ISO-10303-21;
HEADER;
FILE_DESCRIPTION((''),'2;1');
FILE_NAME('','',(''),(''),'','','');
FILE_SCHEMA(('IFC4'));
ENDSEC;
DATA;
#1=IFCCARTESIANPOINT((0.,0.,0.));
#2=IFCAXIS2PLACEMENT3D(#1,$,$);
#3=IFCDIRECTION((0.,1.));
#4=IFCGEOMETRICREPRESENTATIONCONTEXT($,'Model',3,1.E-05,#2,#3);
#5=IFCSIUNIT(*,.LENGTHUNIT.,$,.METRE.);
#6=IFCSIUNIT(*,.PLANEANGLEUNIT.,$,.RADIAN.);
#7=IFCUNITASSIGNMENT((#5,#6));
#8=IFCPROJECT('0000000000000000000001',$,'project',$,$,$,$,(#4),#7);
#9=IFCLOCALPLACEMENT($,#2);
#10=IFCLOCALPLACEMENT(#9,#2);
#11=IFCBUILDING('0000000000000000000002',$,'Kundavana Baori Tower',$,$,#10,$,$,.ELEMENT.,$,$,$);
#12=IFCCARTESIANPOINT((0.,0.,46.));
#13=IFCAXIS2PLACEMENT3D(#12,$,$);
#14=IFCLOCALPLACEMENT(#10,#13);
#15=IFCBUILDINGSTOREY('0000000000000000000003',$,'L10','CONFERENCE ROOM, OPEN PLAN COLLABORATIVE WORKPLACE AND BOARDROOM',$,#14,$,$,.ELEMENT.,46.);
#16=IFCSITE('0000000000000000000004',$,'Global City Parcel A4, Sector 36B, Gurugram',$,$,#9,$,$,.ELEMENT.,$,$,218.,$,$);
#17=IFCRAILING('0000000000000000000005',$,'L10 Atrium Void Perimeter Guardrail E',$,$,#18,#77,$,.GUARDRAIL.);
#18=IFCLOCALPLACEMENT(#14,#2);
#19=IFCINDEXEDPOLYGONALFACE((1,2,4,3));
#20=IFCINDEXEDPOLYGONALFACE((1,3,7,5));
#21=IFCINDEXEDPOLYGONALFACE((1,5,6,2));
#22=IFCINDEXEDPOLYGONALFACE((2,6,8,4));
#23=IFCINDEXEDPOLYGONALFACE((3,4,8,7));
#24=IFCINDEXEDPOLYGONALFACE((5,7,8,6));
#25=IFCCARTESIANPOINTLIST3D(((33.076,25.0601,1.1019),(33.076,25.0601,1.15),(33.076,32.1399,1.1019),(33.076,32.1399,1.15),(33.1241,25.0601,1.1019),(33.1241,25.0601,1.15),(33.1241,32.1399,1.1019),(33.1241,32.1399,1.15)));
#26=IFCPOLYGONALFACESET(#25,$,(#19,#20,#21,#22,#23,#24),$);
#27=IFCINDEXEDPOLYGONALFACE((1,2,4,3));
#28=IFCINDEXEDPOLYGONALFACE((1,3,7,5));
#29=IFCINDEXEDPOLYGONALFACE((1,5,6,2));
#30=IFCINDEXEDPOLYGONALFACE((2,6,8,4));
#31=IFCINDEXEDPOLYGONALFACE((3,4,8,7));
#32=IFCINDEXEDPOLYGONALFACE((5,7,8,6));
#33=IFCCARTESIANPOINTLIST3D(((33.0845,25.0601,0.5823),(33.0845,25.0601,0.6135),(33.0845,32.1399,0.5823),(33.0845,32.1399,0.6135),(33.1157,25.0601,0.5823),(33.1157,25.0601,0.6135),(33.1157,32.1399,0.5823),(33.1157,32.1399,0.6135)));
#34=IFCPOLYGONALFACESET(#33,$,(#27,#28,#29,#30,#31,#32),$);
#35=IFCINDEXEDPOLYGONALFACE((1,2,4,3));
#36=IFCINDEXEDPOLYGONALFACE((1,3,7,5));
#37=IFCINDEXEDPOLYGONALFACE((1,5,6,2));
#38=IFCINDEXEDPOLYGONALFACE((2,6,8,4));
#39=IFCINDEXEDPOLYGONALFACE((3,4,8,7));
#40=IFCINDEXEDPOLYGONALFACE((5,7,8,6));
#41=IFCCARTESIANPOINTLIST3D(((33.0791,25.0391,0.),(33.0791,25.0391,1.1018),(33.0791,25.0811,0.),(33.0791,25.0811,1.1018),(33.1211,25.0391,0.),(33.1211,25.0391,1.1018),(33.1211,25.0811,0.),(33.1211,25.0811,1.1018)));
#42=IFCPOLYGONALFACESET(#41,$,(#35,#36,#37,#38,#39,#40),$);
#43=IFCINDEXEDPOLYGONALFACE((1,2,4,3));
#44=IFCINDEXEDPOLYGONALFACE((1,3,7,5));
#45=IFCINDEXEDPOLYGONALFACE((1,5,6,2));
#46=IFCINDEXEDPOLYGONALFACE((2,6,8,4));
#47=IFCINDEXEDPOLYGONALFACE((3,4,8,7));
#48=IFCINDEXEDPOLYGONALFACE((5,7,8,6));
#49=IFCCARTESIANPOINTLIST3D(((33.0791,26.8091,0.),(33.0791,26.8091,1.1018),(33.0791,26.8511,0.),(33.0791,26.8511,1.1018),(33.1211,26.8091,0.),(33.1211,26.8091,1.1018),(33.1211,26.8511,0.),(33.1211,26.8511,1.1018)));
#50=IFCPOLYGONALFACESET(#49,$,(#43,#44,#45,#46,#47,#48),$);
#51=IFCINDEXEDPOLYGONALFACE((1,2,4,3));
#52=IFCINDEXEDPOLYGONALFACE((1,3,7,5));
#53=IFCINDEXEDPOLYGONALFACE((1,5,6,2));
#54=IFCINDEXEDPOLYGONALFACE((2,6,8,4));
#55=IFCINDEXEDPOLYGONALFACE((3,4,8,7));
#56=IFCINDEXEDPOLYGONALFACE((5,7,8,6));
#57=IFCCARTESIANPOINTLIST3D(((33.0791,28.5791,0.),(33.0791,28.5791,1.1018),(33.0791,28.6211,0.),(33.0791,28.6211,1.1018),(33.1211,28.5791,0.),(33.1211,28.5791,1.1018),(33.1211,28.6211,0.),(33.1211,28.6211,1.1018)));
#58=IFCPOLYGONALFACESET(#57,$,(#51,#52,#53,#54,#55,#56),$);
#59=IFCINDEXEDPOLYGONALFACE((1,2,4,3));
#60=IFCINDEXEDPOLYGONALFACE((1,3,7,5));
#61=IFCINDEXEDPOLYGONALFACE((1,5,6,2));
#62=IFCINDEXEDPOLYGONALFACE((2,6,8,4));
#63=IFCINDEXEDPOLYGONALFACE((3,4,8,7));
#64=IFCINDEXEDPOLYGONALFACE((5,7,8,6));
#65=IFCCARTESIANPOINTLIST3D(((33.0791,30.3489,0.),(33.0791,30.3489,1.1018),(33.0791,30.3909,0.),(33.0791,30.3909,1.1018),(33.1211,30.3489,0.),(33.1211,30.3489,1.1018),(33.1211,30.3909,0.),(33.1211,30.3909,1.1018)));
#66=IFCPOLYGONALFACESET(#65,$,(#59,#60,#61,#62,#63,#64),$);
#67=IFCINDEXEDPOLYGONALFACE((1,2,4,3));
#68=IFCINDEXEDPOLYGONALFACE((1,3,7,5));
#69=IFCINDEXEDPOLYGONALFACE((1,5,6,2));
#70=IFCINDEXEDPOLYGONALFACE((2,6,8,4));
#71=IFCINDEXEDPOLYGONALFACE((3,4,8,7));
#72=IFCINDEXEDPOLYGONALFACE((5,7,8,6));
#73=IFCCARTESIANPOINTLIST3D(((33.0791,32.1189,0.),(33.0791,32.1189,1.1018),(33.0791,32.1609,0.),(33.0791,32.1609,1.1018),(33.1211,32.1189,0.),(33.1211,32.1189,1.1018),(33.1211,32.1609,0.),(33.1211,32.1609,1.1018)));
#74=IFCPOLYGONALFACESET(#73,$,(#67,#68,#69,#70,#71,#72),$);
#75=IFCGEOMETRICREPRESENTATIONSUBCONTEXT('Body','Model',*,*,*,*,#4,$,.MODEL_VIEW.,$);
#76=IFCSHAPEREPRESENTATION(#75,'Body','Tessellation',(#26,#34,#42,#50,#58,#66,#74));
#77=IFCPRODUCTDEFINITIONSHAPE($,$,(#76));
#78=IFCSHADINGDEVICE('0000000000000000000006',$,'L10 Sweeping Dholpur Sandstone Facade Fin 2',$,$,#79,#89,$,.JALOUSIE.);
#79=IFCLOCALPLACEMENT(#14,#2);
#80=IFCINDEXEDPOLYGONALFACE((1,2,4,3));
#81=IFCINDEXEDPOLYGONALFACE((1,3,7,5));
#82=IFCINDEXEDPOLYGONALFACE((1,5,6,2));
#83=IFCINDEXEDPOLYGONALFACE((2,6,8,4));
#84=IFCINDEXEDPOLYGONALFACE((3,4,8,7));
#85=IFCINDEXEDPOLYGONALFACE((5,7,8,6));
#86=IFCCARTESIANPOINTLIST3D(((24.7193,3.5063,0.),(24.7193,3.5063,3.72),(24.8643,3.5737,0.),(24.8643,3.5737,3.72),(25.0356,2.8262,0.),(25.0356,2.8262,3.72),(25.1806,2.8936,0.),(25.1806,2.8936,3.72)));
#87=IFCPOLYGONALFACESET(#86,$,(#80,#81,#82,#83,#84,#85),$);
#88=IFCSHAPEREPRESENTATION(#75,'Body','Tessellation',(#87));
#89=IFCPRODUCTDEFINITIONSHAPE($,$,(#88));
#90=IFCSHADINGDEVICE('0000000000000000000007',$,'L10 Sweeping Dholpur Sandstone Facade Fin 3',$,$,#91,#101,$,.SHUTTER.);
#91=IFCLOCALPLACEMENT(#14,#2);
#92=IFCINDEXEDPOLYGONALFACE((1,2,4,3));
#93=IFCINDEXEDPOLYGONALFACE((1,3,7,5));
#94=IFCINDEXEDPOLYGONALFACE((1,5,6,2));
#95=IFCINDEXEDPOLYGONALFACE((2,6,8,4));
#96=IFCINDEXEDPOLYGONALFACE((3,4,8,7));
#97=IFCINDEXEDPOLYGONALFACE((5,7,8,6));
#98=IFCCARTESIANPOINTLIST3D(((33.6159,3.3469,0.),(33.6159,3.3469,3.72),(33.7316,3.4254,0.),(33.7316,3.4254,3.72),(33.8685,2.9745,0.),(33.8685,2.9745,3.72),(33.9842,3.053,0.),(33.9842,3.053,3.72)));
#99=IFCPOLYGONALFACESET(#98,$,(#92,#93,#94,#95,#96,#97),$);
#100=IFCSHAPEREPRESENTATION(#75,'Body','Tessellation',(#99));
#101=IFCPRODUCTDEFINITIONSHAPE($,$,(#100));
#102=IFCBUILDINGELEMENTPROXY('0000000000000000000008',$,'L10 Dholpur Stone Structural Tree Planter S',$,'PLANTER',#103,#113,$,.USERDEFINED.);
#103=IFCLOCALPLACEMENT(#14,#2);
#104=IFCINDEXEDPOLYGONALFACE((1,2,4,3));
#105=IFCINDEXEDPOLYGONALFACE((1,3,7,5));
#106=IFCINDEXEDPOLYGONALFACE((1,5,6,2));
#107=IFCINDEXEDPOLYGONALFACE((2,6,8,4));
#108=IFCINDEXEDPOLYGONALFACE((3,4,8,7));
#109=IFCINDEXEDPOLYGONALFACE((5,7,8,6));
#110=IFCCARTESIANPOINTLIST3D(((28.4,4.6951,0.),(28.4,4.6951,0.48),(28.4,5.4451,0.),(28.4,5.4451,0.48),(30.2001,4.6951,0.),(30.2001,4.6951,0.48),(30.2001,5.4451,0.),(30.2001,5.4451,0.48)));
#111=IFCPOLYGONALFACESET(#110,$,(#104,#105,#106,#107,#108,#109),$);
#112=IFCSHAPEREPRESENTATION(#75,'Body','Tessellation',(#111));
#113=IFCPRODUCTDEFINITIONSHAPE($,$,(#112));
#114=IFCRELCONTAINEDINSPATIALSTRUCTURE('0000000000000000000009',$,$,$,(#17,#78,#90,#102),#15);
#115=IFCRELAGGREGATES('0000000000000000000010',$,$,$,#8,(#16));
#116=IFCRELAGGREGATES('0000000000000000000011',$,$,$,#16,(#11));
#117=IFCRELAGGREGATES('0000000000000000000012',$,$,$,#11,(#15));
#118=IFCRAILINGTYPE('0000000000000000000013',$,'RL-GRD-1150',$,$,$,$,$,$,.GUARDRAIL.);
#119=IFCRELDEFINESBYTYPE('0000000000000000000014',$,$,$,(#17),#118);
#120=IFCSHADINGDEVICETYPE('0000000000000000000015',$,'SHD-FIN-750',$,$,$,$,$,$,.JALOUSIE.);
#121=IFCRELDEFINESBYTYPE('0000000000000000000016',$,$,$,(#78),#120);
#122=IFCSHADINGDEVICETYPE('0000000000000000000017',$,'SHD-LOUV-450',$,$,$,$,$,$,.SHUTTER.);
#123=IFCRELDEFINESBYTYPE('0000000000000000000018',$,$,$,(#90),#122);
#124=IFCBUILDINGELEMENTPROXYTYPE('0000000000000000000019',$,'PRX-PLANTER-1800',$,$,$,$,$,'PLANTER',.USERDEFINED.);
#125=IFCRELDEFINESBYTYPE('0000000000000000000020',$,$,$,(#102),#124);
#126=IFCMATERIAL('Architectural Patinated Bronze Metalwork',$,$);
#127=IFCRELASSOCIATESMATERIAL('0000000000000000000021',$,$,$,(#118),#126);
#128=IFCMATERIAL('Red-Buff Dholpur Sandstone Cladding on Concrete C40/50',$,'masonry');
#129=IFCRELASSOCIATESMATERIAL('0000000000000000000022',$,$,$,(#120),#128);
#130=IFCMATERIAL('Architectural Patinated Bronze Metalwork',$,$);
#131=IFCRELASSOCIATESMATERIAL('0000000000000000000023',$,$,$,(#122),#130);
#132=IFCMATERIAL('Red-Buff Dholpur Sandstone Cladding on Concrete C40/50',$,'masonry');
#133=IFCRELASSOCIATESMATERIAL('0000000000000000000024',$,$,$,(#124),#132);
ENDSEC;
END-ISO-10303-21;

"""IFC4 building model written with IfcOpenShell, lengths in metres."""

from ifc_helpers import new_model, si_unit, direction, frame, origin, origin_2d, place, context, subcontext, project, spatial, rectangle, extrude, material, type_object, element, save


model = new_model("IFC4")

# Units and contexts
model_context = context("Model", 3, precision=1e-05, world=origin(), true_north=direction((0.0, 1.0)))
body_context = subcontext(model_context, "Body", "Model", "MODEL_VIEW")
ifc_project = project(units=[si_unit("LENGTHUNIT", "METRE"), si_unit("PLANEANGLEUNIT", "RADIAN")], contexts=[model_context])

# Site, building, storey
site_placement = place(None, origin())
site = spatial("IfcSite", under=ifc_project, at=site_placement, Name="Global City Parcel A4, Sector 36B, Gurugram", CompositionType="ELEMENT", RefElevation=218.0)
building_placement = place(site_placement, origin())
building = spatial("IfcBuilding", under=site, at=building_placement, Name="Kundavana Baori Tower", CompositionType="ELEMENT")
storey_placement = place(building_placement, frame((0.0, 0.0, 46.0)))
storey = spatial("IfcBuildingStorey", under=building, at=storey_placement, Name="L10", Description="CONFERENCE ROOM, OPEN PLAN COLLABORATIVE WORKPLACE AND BOARDROOM", CompositionType="ELEMENT", Elevation=46.0)

# Railing
ifc_material_1 = material(Name="Architectural Patinated Bronze Metalwork")
railing_type = type_object("IfcRailingType", Name="RL-GRD-1150", PredefinedType="GUARDRAIL", material=ifc_material_1)
railing_1_placement = place(storey_placement, frame((33.1001, 25.0601, 0.0)))
element("IfcRailing", 1, at=railing_1_placement, inside=storey, type_object=railing_type, Name="L10 Atrium Void Perimeter Guardrail E", PredefinedType="GUARDRAIL", context=body_context, shape_type="SweptSolid", body=[
    extrude(rectangle(XDim=0.0481, YDim=0.0481, at=origin_2d()), frame((0.0, 0.0, 1.126), z_axis=(0.0, 1.0, 0.0), x_axis=(-1.0, 0.0, 0.0)), (0.0, 0.0, 1.0), 7.0798),
    extrude(rectangle(XDim=0.0312, YDim=0.0312, at=origin_2d()), frame((0.0, 0.0, 0.5979), z_axis=(0.0, 1.0, 0.0), x_axis=(-1.0, 0.0, 0.0)), (0.0, 0.0, 1.0), 7.0798),
    extrude(rectangle(XDim=0.042, YDim=0.042, at=origin_2d()), origin(), (0.0, 0.0, 1.0), 1.1018),
    extrude(rectangle(XDim=0.042, YDim=0.042, at=origin_2d()), frame((0.0, 1.77, 0.0)), (0.0, 0.0, 1.0), 1.1018),
    extrude(rectangle(XDim=0.042, YDim=0.042, at=origin_2d()), frame((0.0, 3.54, 0.0)), (0.0, 0.0, 1.0), 1.1018),
    extrude(rectangle(XDim=0.042, YDim=0.042, at=origin_2d()), frame((0.0, 5.3098, 0.0)), (0.0, 0.0, 1.0), 1.1018),
    extrude(rectangle(XDim=0.042, YDim=0.042, at=origin_2d()), frame((0.0, 7.0798, 0.0)), (0.0, 0.0, 1.0), 1.1018),
])

# Shading devices
ifc_material_2 = material(Name="Red-Buff Dholpur Sandstone Cladding on Concrete C40/50", Category="masonry")
shading_device_type_1 = type_object("IfcShadingDeviceType", Name="SHD-FIN-750", PredefinedType="JALOUSIE", material=ifc_material_2)
shading_device_1_placement = place(storey_placement, frame((24.95, 3.2, 0.0), z_axis=(0.0, 0.0, 1.0), x_axis=(0.90675, 0.421669, 0.0)))
element("IfcShadingDevice", 2, at=shading_device_1_placement, inside=storey, type_object=shading_device_type_1, Name="L10 Sweeping Dholpur Sandstone Facade Fin 2", PredefinedType="JALOUSIE", context=body_context, shape_type="SweptSolid", body=[
    extrude(rectangle(XDim=0.1599, YDim=0.75, at=origin_2d()), origin(), (0.0, 0.0, 1.0), 3.72),
])
ifc_material_3 = material(Name="Architectural Patinated Bronze Metalwork")
shading_device_type_2 = type_object("IfcShadingDeviceType", Name="SHD-LOUV-450", PredefinedType="SHUTTER", material=ifc_material_3)
shading_device_2_placement = place(storey_placement, frame((33.8, 3.2, 0.0), z_axis=(0.0, 0.0, 1.0), x_axis=(0.827571, 0.561361, 0.0)))
element("IfcShadingDevice", 3, at=shading_device_2_placement, inside=storey, type_object=shading_device_type_2, Name="L10 Sweeping Dholpur Sandstone Facade Fin 3", PredefinedType="SHUTTER", context=body_context, shape_type="SweptSolid", body=[
    extrude(rectangle(XDim=0.1399, YDim=0.45, at=origin_2d()), origin(), (0.0, 0.0, 1.0), 3.72),
])

# Building element proxy
ifc_material_4 = material(Name="Red-Buff Dholpur Sandstone Cladding on Concrete C40/50", Category="masonry")
building_element_proxy_type = type_object("IfcBuildingElementProxyType", Name="PRX-PLANTER-1800", ElementType="PLANTER", PredefinedType="USERDEFINED", material=ifc_material_4)
proxy_placement = place(storey_placement, frame((29.3, 5.0701, 0.0), z_axis=(0.0, 0.0, 1.0), x_axis=(1.0, 0.0, 0.0)))
element("IfcBuildingElementProxy", 4, at=proxy_placement, inside=storey, type_object=building_element_proxy_type, Name="L10 Dholpur Stone Structural Tree Planter S", ObjectType="PLANTER", PredefinedType="USERDEFINED", context=body_context, shape_type="SweptSolid", body=[
    extrude(rectangle(XDim=1.8, YDim=0.75, at=origin_2d()), origin(), (0.0, 0.0, 1.0), 0.48),
])

save(model, "model.ifc")
